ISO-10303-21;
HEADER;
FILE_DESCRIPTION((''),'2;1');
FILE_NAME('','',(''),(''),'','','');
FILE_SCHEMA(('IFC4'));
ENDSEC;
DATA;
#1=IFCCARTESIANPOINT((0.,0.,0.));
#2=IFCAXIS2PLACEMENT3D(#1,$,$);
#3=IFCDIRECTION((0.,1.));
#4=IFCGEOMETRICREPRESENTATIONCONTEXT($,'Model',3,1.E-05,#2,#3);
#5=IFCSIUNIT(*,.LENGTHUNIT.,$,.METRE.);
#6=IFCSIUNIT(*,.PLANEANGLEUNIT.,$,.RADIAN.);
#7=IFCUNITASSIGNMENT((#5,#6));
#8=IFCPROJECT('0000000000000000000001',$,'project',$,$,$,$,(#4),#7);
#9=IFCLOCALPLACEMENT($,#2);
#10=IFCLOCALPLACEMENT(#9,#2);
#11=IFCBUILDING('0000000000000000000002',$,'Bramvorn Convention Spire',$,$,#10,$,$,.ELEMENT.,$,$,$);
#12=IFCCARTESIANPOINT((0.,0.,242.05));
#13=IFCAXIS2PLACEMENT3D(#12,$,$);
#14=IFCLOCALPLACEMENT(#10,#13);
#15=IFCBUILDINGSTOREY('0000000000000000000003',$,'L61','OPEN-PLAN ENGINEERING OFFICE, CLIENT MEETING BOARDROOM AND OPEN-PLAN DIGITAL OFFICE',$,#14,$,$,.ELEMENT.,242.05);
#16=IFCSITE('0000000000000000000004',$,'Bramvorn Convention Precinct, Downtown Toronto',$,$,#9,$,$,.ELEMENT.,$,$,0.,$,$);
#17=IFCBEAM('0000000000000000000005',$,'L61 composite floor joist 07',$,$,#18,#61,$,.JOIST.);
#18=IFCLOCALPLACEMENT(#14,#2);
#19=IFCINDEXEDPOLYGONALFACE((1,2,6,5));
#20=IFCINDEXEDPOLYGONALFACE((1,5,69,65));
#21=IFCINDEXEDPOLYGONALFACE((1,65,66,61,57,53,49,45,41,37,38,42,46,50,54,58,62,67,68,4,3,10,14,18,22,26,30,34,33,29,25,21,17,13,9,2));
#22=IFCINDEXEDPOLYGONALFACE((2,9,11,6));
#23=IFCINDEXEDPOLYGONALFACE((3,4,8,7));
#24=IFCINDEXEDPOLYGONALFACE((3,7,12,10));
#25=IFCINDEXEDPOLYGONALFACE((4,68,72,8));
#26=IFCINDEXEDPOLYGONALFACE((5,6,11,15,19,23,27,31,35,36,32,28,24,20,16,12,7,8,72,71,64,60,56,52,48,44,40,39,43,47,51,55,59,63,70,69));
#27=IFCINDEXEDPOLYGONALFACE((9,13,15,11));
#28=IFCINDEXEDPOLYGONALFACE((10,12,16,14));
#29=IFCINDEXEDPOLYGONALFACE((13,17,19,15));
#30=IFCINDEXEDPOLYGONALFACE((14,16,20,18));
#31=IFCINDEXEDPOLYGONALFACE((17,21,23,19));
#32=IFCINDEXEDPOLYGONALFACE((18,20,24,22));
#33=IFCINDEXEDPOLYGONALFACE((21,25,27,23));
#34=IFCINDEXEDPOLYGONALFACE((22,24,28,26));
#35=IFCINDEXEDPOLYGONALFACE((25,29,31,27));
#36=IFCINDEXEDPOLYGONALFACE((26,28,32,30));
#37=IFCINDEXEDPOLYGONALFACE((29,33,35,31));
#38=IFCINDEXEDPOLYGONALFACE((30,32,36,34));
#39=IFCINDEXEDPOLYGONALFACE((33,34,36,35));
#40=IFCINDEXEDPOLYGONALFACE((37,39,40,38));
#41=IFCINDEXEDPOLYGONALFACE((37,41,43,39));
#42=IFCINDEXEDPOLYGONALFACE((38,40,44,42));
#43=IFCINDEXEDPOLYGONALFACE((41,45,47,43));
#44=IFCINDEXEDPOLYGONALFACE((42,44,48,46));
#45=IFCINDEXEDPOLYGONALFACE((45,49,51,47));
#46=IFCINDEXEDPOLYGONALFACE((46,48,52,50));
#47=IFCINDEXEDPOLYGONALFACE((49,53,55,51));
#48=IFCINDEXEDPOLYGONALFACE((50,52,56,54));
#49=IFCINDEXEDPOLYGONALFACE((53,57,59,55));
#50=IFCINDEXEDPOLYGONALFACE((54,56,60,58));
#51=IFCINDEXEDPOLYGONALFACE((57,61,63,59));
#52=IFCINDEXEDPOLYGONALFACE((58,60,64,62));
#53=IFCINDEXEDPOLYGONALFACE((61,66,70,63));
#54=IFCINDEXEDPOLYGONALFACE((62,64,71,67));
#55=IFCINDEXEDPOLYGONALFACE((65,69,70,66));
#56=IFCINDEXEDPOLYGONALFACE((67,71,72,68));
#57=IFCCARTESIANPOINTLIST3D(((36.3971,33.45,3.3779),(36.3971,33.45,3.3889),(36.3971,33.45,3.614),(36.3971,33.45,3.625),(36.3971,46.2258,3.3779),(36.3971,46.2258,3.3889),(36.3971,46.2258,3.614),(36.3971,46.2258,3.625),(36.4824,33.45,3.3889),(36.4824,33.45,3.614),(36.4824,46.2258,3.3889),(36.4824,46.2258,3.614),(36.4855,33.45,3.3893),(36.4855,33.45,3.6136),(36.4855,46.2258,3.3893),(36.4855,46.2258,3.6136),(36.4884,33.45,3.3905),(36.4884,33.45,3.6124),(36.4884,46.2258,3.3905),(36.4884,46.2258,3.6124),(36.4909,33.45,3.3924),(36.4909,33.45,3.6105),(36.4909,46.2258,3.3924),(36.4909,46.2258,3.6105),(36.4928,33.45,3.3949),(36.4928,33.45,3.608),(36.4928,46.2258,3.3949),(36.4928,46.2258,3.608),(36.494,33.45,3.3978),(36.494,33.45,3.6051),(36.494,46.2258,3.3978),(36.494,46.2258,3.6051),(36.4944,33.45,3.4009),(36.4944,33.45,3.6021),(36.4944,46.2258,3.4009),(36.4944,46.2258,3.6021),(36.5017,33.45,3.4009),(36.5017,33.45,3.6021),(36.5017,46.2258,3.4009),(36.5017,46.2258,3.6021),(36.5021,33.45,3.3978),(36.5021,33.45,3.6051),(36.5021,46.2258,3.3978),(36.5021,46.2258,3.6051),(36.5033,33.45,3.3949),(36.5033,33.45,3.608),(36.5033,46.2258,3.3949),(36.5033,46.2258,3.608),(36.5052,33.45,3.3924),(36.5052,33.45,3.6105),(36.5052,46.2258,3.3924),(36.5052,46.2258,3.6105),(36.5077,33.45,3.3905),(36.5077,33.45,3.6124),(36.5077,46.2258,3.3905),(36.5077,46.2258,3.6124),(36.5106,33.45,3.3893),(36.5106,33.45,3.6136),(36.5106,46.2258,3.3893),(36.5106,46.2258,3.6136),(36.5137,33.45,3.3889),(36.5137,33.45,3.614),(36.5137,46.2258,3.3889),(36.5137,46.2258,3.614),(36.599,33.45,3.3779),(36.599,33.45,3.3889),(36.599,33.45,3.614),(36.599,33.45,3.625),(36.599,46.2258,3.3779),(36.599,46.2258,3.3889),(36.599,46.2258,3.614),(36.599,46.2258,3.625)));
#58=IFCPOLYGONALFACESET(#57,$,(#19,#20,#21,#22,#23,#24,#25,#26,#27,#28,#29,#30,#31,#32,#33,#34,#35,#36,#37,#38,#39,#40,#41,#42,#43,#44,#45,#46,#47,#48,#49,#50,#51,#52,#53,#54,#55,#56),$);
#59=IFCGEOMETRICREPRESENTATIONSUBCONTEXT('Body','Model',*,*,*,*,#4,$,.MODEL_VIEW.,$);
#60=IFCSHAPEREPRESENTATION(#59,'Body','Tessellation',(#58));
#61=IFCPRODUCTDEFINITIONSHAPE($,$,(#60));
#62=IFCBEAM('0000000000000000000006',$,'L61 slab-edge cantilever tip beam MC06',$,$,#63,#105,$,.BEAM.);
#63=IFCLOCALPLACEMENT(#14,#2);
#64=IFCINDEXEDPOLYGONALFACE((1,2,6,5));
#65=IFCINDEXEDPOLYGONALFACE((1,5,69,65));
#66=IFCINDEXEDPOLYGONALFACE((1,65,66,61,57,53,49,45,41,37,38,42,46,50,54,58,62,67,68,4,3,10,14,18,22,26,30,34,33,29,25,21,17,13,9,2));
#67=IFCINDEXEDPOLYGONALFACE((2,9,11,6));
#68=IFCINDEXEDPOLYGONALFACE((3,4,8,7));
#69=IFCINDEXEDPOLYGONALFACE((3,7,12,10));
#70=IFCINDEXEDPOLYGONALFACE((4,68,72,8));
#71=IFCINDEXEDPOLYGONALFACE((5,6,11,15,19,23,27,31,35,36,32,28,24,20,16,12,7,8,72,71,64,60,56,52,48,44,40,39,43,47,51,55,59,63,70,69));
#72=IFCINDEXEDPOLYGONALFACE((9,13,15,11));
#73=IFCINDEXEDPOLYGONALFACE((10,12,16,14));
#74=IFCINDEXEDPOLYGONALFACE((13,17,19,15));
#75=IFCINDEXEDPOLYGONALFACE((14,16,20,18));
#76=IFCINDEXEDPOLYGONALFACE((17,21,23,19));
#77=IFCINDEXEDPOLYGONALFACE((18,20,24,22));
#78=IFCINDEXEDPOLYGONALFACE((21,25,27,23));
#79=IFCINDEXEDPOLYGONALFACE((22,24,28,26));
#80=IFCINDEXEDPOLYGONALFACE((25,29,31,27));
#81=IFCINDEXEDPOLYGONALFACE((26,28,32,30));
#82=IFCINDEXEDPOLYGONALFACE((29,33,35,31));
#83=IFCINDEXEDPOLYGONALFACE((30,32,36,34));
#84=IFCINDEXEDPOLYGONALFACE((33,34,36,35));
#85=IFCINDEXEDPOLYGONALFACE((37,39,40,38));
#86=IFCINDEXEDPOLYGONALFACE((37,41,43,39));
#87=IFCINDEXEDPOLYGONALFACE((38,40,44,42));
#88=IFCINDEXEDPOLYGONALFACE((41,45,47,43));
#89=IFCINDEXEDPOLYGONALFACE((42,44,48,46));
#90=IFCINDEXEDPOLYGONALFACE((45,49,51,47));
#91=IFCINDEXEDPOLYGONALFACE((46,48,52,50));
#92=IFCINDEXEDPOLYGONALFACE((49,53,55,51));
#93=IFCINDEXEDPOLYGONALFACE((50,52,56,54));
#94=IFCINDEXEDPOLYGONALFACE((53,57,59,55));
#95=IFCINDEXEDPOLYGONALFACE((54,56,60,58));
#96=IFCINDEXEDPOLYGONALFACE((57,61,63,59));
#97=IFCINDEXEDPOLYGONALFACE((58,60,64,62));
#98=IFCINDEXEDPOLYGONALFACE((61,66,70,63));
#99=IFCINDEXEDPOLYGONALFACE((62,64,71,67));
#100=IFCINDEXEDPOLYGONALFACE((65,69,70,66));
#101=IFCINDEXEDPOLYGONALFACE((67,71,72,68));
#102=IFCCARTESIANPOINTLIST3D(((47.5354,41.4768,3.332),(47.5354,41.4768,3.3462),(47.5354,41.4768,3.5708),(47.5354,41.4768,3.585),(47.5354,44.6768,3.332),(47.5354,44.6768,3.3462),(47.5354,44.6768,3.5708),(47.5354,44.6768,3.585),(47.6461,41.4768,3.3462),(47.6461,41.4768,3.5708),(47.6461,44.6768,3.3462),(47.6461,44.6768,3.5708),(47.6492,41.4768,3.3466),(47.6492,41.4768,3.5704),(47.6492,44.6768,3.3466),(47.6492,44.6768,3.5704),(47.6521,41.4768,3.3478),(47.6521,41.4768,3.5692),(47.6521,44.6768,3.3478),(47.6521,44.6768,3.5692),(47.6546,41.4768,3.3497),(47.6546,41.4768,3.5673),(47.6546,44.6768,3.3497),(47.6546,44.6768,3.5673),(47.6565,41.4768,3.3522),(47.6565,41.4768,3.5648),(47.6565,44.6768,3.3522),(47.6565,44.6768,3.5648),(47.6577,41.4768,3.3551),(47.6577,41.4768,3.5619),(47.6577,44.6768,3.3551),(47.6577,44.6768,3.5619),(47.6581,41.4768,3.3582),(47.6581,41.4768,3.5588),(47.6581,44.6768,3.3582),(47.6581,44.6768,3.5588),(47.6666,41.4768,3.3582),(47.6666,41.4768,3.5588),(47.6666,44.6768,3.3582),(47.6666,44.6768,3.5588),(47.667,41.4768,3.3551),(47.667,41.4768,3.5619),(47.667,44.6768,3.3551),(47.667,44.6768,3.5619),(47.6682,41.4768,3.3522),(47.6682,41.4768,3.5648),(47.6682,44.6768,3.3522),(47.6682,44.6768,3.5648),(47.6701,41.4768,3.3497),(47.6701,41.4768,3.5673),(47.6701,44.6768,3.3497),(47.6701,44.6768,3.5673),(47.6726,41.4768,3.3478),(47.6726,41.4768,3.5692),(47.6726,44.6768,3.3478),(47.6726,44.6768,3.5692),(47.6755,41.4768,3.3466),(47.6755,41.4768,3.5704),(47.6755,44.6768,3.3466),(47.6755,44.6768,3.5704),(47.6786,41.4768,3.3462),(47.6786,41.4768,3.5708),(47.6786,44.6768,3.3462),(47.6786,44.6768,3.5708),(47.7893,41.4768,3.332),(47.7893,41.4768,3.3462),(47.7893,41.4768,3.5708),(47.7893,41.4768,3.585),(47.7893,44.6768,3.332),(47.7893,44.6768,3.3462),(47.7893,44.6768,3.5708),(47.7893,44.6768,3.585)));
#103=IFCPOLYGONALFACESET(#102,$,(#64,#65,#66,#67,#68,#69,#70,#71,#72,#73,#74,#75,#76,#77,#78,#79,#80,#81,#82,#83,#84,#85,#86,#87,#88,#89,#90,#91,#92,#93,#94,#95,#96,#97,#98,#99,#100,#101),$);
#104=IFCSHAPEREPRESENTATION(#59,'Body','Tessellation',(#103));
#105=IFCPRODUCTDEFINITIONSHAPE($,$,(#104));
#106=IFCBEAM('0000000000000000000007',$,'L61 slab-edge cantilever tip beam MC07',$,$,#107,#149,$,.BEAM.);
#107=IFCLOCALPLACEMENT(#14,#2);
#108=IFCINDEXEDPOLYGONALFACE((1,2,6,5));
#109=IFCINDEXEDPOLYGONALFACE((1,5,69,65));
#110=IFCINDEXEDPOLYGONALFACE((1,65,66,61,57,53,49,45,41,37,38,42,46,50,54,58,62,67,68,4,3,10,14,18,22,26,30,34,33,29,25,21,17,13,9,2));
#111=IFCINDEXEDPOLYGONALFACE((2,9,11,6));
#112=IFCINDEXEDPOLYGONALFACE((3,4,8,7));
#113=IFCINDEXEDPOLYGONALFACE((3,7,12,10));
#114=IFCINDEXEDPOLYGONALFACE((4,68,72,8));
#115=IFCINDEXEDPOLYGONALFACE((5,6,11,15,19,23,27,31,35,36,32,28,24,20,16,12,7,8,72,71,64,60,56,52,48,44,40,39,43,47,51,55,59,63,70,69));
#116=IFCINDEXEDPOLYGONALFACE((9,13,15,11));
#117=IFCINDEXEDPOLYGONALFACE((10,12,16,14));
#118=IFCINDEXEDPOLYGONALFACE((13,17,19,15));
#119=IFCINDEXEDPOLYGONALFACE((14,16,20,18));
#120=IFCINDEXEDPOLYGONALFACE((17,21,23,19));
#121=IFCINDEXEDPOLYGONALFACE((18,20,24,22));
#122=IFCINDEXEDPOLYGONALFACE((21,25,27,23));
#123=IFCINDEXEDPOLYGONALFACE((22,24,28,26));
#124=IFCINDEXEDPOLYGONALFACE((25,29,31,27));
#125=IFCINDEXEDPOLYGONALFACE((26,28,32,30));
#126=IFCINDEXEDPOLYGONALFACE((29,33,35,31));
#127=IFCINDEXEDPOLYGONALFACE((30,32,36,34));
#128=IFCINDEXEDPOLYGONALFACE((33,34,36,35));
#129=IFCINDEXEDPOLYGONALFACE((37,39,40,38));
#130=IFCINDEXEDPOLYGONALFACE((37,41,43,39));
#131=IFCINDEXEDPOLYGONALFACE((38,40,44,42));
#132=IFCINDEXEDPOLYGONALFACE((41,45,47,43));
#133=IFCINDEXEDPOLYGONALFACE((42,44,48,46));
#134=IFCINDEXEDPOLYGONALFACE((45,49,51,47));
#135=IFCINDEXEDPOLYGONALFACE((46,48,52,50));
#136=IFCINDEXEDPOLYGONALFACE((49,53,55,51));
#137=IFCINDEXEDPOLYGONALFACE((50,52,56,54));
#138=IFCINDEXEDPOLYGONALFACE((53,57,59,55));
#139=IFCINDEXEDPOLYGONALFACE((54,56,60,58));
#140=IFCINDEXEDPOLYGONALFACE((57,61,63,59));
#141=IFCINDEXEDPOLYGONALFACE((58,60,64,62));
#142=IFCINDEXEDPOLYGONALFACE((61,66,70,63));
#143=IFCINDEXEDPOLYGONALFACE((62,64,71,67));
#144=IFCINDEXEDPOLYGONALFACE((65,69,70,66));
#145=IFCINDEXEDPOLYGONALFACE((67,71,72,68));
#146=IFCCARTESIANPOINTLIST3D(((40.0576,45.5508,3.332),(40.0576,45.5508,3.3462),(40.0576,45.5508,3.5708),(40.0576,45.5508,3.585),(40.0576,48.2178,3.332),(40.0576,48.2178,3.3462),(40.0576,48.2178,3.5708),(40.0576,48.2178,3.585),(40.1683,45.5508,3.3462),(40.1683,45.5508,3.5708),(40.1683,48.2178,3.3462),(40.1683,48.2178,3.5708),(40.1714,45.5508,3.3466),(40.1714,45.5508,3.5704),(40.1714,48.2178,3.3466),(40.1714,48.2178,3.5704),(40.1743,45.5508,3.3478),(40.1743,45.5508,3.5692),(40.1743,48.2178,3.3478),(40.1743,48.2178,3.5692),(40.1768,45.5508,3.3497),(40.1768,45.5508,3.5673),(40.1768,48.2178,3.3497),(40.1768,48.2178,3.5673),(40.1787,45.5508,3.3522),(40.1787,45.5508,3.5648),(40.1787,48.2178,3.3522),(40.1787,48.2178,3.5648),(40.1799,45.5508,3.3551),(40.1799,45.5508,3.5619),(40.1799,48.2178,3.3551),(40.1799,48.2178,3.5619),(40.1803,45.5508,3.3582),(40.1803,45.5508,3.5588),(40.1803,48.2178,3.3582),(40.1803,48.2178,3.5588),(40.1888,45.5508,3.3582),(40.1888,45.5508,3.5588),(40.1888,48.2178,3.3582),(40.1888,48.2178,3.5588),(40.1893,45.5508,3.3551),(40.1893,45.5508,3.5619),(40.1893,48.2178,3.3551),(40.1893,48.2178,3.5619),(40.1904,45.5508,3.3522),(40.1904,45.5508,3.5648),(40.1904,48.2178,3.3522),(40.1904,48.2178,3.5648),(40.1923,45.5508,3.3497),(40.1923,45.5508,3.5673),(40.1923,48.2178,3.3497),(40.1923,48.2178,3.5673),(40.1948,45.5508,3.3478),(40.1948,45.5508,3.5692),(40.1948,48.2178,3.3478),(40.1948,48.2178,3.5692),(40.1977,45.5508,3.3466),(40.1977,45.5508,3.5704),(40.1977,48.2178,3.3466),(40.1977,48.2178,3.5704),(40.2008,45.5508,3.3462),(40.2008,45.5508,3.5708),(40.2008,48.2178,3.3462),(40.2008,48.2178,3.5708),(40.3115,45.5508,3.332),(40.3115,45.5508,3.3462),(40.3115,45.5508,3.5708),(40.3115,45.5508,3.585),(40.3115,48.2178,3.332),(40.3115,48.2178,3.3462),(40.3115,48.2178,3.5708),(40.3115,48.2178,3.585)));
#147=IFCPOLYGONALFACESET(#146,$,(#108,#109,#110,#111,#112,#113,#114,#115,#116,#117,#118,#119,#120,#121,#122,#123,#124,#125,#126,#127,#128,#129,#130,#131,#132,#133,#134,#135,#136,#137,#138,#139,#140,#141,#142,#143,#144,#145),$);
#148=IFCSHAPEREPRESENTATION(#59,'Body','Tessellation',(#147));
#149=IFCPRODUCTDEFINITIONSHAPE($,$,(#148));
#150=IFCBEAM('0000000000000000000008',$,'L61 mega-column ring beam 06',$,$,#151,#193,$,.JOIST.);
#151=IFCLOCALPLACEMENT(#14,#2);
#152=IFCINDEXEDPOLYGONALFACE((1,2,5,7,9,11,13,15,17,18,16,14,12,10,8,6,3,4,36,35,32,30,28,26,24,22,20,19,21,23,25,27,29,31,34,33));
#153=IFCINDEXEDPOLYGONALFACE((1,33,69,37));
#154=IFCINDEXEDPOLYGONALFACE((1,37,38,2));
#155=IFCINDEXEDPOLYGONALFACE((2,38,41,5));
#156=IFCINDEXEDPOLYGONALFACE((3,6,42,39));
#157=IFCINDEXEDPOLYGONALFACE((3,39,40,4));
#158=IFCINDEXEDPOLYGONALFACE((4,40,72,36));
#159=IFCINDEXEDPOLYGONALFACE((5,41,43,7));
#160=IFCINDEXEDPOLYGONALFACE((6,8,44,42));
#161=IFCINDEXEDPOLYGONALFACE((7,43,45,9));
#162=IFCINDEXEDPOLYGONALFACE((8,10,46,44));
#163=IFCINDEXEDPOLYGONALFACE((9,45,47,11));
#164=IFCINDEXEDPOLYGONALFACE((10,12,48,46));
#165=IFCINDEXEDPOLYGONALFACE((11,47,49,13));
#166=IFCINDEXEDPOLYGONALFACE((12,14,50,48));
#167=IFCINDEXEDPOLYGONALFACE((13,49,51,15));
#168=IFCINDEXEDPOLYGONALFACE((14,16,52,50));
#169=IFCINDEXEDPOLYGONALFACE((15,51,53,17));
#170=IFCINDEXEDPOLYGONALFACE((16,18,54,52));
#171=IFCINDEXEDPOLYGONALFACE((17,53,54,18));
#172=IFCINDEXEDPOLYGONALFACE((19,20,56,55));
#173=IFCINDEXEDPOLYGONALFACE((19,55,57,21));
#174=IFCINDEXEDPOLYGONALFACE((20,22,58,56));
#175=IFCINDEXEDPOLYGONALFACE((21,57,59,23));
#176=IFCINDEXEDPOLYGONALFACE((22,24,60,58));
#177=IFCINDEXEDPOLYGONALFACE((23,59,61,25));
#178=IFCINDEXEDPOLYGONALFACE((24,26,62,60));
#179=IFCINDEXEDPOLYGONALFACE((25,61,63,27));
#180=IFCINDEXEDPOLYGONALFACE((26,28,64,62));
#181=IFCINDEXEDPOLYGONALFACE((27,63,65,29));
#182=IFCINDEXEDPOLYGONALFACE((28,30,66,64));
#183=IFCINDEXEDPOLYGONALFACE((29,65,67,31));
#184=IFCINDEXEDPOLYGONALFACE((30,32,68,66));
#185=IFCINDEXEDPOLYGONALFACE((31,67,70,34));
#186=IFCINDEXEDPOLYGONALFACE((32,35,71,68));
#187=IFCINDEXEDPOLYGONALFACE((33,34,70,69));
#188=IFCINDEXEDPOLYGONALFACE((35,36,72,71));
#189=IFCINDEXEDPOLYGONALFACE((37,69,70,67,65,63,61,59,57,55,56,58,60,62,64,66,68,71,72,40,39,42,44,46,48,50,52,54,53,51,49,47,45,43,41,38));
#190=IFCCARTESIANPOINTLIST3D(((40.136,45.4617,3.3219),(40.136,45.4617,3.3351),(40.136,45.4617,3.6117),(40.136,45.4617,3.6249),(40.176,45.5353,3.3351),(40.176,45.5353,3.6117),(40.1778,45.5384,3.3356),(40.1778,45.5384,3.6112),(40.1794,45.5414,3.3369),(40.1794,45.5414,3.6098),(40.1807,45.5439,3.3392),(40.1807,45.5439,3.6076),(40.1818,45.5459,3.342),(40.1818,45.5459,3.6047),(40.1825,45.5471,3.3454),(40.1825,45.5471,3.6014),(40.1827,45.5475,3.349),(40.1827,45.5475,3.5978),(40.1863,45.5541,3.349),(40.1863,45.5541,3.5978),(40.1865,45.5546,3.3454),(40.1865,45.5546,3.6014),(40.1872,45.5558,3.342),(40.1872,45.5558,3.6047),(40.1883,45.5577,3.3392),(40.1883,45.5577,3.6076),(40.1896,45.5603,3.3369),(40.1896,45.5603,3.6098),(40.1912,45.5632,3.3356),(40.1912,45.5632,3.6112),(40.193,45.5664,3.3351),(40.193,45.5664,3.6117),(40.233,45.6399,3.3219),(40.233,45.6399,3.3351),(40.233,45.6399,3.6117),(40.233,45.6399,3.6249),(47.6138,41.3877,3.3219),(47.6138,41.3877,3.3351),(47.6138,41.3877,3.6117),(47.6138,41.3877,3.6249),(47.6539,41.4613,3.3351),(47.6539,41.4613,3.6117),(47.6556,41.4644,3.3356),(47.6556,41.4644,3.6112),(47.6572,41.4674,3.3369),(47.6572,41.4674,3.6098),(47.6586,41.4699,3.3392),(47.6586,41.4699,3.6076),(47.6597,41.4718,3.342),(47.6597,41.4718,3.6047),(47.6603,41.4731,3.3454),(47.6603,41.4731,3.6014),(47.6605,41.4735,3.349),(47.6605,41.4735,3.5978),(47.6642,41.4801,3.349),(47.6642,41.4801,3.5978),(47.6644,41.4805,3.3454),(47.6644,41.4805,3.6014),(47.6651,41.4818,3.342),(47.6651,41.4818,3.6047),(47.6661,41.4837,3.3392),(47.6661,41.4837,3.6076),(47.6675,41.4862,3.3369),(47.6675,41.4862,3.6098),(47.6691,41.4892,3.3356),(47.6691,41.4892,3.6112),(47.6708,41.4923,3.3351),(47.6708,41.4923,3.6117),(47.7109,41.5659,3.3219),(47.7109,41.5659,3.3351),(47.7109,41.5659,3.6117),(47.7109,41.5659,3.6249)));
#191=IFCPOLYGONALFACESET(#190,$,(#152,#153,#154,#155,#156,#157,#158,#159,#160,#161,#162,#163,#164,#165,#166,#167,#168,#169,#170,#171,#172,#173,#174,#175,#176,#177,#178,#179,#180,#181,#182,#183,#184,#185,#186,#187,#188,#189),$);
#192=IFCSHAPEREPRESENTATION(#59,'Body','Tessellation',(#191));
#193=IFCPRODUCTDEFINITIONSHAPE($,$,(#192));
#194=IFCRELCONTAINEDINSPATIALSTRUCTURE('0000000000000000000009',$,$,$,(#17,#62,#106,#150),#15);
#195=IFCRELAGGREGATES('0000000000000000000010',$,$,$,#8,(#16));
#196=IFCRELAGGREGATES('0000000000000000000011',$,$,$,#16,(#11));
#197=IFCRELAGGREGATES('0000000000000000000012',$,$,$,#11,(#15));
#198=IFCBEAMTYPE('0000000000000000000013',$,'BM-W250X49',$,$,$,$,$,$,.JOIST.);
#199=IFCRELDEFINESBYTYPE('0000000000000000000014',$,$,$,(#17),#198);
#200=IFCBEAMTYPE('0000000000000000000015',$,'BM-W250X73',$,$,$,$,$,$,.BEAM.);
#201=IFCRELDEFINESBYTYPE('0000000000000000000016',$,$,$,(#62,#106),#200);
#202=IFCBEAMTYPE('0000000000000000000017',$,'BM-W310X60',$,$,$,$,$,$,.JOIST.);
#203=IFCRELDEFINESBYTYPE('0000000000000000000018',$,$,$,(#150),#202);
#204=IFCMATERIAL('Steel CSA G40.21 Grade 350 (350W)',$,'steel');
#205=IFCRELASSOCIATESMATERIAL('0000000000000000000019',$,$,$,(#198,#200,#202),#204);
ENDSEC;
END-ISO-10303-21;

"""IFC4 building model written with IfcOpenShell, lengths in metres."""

from ifc_helpers import new_model, si_unit, direction, frame, origin, origin_2d, place, context, subcontext, project, spatial, i_section, extrude, material, material_profile, profile_set, type_object, element, save


model = new_model("IFC4")

# Units and contexts
model_context = context("Model", 3, precision=1e-05, world=origin(), true_north=direction((0.0, 1.0)))
body_context = subcontext(model_context, "Body", "Model", "MODEL_VIEW")
ifc_project = project(units=[si_unit("LENGTHUNIT", "METRE"), si_unit("PLANEANGLEUNIT", "RADIAN")], contexts=[model_context])

# Site, building, storey
site_placement = place(None, origin())
site = spatial("IfcSite", under=ifc_project, at=site_placement, Name="Bramvorn Convention Precinct, Downtown Toronto", CompositionType="ELEMENT", RefElevation=0.0)
building_placement = place(site_placement, origin())
building = spatial("IfcBuilding", under=site, at=building_placement, Name="Bramvorn Convention Spire", CompositionType="ELEMENT")
storey_placement = place(building_placement, frame((0.0, 0.0, 242.05)))
storey = spatial("IfcBuildingStorey", under=building, at=storey_placement, Name="L61", Description="OPEN-PLAN ENGINEERING OFFICE, CLIENT MEETING BOARDROOM AND OPEN-PLAN DIGITAL OFFICE", CompositionType="ELEMENT", Elevation=242.05)

# Shared definitions
ifc_material_1 = material(Name="Steel CSA G40.21 Grade 350 (350W)", Category="steel")

# Beams
ifc_material_profile_1 = material_profile(ifc_material_1, i_section(OverallWidth=0.2019, OverallDepth=0.2471, WebThickness=0.0073, FlangeThickness=0.011, FilletRadius=0.012, at=origin_2d()))
ifc_profile_set_1 = profile_set([ifc_material_profile_1], Name="Steel CSA G40.21 Grade 350 (350W) - W250X49")
beam_type_1 = type_object("IfcBeamType", Name="BM-W250X49", PredefinedType="JOIST", material=ifc_profile_set_1)
beam_1_placement = place(storey_placement, frame((36.498, 33.45, 3.5015), z_axis=(0.0, 1.0, 0.0), x_axis=(-1.0, 0.0, 0.0)))
element("IfcBeam", 1, at=beam_1_placement, inside=storey, type_object=beam_type_1, Name="L61 composite floor joist 07", PredefinedType="JOIST", context=body_context, shape_type="SweptSolid", body=[
    extrude(i_section(OverallWidth=0.2019, OverallDepth=0.2471, WebThickness=0.0073, FlangeThickness=0.011, FilletRadius=0.012, at=origin_2d()), origin(), (0.0, 0.0, 1.0), 12.7759),
])
ifc_material_profile_2 = material_profile(ifc_material_1, i_section(OverallWidth=0.2539, OverallDepth=0.2529, WebThickness=0.0085, FlangeThickness=0.0142, FilletRadius=0.012, at=origin_2d()))
ifc_profile_set_2 = profile_set([ifc_material_profile_2], Name="Steel CSA G40.21 Grade 350 (350W) - W250X73")
beam_type_2 = type_object("IfcBeamType", Name="BM-W250X73", PredefinedType="BEAM", material=ifc_profile_set_2)
beam_2_placement = place(storey_placement, frame((47.6624, 41.4768, 3.4585), z_axis=(0.0, 1.0, 0.0), x_axis=(-1.0, 0.0, 0.0)))
element("IfcBeam", 2, at=beam_2_placement, inside=storey, type_object=beam_type_2, Name="L61 slab-edge cantilever tip beam MC06", PredefinedType="BEAM", context=body_context, shape_type="SweptSolid", body=[
    extrude(i_section(OverallWidth=0.2539, OverallDepth=0.2529, WebThickness=0.0085, FlangeThickness=0.0142, FilletRadius=0.012, at=origin_2d()), origin(), (0.0, 0.0, 1.0), 3.2),
])
beam_3_placement = place(storey_placement, frame((40.1846, 45.5508, 3.4585), z_axis=(0.0, 1.0, 0.0), x_axis=(-1.0, 0.0, 0.0)))
element("IfcBeam", 3, at=beam_3_placement, inside=storey, type_object=beam_type_2, Name="L61 slab-edge cantilever tip beam MC07", PredefinedType="BEAM", context=body_context, shape_type="SweptSolid", body=[
    extrude(i_section(OverallWidth=0.2539, OverallDepth=0.2529, WebThickness=0.0085, FlangeThickness=0.0142, FilletRadius=0.012, at=origin_2d()), origin(), (0.0, 0.0, 1.0), 2.667),
])
ifc_material_profile_3 = material_profile(ifc_material_1, i_section(OverallWidth=0.2029, OverallDepth=0.303, WebThickness=0.0076, FlangeThickness=0.0132, FilletRadius=0.0139, at=origin_2d()))
ifc_profile_set_3 = profile_set([ifc_material_profile_3], Name="Steel CSA G40.21 Grade 350 (350W) - W310X60")
beam_type_3 = type_object("IfcBeamType", Name="BM-W310X60", PredefinedType="JOIST", material=ifc_profile_set_3)
beam_4_placement = place(storey_placement, frame((47.6624, 41.4768, 3.4734), z_axis=(-0.878133, 0.478416, 0.0), x_axis=(-0.478416, -0.878133, 0.0)))
element("IfcBeam", 4, at=beam_4_placement, inside=storey, type_object=beam_type_3, Name="L61 mega-column ring beam 06", PredefinedType="JOIST", context=body_context, shape_type="SweptSolid", body=[
    extrude(i_section(OverallWidth=0.2029, OverallDepth=0.303, WebThickness=0.0076, FlangeThickness=0.0132, FilletRadius=0.0139, at=origin_2d()), origin(), (0.0, 0.0, 1.0), 8.5156),
])

save(model, "model.ifc")
